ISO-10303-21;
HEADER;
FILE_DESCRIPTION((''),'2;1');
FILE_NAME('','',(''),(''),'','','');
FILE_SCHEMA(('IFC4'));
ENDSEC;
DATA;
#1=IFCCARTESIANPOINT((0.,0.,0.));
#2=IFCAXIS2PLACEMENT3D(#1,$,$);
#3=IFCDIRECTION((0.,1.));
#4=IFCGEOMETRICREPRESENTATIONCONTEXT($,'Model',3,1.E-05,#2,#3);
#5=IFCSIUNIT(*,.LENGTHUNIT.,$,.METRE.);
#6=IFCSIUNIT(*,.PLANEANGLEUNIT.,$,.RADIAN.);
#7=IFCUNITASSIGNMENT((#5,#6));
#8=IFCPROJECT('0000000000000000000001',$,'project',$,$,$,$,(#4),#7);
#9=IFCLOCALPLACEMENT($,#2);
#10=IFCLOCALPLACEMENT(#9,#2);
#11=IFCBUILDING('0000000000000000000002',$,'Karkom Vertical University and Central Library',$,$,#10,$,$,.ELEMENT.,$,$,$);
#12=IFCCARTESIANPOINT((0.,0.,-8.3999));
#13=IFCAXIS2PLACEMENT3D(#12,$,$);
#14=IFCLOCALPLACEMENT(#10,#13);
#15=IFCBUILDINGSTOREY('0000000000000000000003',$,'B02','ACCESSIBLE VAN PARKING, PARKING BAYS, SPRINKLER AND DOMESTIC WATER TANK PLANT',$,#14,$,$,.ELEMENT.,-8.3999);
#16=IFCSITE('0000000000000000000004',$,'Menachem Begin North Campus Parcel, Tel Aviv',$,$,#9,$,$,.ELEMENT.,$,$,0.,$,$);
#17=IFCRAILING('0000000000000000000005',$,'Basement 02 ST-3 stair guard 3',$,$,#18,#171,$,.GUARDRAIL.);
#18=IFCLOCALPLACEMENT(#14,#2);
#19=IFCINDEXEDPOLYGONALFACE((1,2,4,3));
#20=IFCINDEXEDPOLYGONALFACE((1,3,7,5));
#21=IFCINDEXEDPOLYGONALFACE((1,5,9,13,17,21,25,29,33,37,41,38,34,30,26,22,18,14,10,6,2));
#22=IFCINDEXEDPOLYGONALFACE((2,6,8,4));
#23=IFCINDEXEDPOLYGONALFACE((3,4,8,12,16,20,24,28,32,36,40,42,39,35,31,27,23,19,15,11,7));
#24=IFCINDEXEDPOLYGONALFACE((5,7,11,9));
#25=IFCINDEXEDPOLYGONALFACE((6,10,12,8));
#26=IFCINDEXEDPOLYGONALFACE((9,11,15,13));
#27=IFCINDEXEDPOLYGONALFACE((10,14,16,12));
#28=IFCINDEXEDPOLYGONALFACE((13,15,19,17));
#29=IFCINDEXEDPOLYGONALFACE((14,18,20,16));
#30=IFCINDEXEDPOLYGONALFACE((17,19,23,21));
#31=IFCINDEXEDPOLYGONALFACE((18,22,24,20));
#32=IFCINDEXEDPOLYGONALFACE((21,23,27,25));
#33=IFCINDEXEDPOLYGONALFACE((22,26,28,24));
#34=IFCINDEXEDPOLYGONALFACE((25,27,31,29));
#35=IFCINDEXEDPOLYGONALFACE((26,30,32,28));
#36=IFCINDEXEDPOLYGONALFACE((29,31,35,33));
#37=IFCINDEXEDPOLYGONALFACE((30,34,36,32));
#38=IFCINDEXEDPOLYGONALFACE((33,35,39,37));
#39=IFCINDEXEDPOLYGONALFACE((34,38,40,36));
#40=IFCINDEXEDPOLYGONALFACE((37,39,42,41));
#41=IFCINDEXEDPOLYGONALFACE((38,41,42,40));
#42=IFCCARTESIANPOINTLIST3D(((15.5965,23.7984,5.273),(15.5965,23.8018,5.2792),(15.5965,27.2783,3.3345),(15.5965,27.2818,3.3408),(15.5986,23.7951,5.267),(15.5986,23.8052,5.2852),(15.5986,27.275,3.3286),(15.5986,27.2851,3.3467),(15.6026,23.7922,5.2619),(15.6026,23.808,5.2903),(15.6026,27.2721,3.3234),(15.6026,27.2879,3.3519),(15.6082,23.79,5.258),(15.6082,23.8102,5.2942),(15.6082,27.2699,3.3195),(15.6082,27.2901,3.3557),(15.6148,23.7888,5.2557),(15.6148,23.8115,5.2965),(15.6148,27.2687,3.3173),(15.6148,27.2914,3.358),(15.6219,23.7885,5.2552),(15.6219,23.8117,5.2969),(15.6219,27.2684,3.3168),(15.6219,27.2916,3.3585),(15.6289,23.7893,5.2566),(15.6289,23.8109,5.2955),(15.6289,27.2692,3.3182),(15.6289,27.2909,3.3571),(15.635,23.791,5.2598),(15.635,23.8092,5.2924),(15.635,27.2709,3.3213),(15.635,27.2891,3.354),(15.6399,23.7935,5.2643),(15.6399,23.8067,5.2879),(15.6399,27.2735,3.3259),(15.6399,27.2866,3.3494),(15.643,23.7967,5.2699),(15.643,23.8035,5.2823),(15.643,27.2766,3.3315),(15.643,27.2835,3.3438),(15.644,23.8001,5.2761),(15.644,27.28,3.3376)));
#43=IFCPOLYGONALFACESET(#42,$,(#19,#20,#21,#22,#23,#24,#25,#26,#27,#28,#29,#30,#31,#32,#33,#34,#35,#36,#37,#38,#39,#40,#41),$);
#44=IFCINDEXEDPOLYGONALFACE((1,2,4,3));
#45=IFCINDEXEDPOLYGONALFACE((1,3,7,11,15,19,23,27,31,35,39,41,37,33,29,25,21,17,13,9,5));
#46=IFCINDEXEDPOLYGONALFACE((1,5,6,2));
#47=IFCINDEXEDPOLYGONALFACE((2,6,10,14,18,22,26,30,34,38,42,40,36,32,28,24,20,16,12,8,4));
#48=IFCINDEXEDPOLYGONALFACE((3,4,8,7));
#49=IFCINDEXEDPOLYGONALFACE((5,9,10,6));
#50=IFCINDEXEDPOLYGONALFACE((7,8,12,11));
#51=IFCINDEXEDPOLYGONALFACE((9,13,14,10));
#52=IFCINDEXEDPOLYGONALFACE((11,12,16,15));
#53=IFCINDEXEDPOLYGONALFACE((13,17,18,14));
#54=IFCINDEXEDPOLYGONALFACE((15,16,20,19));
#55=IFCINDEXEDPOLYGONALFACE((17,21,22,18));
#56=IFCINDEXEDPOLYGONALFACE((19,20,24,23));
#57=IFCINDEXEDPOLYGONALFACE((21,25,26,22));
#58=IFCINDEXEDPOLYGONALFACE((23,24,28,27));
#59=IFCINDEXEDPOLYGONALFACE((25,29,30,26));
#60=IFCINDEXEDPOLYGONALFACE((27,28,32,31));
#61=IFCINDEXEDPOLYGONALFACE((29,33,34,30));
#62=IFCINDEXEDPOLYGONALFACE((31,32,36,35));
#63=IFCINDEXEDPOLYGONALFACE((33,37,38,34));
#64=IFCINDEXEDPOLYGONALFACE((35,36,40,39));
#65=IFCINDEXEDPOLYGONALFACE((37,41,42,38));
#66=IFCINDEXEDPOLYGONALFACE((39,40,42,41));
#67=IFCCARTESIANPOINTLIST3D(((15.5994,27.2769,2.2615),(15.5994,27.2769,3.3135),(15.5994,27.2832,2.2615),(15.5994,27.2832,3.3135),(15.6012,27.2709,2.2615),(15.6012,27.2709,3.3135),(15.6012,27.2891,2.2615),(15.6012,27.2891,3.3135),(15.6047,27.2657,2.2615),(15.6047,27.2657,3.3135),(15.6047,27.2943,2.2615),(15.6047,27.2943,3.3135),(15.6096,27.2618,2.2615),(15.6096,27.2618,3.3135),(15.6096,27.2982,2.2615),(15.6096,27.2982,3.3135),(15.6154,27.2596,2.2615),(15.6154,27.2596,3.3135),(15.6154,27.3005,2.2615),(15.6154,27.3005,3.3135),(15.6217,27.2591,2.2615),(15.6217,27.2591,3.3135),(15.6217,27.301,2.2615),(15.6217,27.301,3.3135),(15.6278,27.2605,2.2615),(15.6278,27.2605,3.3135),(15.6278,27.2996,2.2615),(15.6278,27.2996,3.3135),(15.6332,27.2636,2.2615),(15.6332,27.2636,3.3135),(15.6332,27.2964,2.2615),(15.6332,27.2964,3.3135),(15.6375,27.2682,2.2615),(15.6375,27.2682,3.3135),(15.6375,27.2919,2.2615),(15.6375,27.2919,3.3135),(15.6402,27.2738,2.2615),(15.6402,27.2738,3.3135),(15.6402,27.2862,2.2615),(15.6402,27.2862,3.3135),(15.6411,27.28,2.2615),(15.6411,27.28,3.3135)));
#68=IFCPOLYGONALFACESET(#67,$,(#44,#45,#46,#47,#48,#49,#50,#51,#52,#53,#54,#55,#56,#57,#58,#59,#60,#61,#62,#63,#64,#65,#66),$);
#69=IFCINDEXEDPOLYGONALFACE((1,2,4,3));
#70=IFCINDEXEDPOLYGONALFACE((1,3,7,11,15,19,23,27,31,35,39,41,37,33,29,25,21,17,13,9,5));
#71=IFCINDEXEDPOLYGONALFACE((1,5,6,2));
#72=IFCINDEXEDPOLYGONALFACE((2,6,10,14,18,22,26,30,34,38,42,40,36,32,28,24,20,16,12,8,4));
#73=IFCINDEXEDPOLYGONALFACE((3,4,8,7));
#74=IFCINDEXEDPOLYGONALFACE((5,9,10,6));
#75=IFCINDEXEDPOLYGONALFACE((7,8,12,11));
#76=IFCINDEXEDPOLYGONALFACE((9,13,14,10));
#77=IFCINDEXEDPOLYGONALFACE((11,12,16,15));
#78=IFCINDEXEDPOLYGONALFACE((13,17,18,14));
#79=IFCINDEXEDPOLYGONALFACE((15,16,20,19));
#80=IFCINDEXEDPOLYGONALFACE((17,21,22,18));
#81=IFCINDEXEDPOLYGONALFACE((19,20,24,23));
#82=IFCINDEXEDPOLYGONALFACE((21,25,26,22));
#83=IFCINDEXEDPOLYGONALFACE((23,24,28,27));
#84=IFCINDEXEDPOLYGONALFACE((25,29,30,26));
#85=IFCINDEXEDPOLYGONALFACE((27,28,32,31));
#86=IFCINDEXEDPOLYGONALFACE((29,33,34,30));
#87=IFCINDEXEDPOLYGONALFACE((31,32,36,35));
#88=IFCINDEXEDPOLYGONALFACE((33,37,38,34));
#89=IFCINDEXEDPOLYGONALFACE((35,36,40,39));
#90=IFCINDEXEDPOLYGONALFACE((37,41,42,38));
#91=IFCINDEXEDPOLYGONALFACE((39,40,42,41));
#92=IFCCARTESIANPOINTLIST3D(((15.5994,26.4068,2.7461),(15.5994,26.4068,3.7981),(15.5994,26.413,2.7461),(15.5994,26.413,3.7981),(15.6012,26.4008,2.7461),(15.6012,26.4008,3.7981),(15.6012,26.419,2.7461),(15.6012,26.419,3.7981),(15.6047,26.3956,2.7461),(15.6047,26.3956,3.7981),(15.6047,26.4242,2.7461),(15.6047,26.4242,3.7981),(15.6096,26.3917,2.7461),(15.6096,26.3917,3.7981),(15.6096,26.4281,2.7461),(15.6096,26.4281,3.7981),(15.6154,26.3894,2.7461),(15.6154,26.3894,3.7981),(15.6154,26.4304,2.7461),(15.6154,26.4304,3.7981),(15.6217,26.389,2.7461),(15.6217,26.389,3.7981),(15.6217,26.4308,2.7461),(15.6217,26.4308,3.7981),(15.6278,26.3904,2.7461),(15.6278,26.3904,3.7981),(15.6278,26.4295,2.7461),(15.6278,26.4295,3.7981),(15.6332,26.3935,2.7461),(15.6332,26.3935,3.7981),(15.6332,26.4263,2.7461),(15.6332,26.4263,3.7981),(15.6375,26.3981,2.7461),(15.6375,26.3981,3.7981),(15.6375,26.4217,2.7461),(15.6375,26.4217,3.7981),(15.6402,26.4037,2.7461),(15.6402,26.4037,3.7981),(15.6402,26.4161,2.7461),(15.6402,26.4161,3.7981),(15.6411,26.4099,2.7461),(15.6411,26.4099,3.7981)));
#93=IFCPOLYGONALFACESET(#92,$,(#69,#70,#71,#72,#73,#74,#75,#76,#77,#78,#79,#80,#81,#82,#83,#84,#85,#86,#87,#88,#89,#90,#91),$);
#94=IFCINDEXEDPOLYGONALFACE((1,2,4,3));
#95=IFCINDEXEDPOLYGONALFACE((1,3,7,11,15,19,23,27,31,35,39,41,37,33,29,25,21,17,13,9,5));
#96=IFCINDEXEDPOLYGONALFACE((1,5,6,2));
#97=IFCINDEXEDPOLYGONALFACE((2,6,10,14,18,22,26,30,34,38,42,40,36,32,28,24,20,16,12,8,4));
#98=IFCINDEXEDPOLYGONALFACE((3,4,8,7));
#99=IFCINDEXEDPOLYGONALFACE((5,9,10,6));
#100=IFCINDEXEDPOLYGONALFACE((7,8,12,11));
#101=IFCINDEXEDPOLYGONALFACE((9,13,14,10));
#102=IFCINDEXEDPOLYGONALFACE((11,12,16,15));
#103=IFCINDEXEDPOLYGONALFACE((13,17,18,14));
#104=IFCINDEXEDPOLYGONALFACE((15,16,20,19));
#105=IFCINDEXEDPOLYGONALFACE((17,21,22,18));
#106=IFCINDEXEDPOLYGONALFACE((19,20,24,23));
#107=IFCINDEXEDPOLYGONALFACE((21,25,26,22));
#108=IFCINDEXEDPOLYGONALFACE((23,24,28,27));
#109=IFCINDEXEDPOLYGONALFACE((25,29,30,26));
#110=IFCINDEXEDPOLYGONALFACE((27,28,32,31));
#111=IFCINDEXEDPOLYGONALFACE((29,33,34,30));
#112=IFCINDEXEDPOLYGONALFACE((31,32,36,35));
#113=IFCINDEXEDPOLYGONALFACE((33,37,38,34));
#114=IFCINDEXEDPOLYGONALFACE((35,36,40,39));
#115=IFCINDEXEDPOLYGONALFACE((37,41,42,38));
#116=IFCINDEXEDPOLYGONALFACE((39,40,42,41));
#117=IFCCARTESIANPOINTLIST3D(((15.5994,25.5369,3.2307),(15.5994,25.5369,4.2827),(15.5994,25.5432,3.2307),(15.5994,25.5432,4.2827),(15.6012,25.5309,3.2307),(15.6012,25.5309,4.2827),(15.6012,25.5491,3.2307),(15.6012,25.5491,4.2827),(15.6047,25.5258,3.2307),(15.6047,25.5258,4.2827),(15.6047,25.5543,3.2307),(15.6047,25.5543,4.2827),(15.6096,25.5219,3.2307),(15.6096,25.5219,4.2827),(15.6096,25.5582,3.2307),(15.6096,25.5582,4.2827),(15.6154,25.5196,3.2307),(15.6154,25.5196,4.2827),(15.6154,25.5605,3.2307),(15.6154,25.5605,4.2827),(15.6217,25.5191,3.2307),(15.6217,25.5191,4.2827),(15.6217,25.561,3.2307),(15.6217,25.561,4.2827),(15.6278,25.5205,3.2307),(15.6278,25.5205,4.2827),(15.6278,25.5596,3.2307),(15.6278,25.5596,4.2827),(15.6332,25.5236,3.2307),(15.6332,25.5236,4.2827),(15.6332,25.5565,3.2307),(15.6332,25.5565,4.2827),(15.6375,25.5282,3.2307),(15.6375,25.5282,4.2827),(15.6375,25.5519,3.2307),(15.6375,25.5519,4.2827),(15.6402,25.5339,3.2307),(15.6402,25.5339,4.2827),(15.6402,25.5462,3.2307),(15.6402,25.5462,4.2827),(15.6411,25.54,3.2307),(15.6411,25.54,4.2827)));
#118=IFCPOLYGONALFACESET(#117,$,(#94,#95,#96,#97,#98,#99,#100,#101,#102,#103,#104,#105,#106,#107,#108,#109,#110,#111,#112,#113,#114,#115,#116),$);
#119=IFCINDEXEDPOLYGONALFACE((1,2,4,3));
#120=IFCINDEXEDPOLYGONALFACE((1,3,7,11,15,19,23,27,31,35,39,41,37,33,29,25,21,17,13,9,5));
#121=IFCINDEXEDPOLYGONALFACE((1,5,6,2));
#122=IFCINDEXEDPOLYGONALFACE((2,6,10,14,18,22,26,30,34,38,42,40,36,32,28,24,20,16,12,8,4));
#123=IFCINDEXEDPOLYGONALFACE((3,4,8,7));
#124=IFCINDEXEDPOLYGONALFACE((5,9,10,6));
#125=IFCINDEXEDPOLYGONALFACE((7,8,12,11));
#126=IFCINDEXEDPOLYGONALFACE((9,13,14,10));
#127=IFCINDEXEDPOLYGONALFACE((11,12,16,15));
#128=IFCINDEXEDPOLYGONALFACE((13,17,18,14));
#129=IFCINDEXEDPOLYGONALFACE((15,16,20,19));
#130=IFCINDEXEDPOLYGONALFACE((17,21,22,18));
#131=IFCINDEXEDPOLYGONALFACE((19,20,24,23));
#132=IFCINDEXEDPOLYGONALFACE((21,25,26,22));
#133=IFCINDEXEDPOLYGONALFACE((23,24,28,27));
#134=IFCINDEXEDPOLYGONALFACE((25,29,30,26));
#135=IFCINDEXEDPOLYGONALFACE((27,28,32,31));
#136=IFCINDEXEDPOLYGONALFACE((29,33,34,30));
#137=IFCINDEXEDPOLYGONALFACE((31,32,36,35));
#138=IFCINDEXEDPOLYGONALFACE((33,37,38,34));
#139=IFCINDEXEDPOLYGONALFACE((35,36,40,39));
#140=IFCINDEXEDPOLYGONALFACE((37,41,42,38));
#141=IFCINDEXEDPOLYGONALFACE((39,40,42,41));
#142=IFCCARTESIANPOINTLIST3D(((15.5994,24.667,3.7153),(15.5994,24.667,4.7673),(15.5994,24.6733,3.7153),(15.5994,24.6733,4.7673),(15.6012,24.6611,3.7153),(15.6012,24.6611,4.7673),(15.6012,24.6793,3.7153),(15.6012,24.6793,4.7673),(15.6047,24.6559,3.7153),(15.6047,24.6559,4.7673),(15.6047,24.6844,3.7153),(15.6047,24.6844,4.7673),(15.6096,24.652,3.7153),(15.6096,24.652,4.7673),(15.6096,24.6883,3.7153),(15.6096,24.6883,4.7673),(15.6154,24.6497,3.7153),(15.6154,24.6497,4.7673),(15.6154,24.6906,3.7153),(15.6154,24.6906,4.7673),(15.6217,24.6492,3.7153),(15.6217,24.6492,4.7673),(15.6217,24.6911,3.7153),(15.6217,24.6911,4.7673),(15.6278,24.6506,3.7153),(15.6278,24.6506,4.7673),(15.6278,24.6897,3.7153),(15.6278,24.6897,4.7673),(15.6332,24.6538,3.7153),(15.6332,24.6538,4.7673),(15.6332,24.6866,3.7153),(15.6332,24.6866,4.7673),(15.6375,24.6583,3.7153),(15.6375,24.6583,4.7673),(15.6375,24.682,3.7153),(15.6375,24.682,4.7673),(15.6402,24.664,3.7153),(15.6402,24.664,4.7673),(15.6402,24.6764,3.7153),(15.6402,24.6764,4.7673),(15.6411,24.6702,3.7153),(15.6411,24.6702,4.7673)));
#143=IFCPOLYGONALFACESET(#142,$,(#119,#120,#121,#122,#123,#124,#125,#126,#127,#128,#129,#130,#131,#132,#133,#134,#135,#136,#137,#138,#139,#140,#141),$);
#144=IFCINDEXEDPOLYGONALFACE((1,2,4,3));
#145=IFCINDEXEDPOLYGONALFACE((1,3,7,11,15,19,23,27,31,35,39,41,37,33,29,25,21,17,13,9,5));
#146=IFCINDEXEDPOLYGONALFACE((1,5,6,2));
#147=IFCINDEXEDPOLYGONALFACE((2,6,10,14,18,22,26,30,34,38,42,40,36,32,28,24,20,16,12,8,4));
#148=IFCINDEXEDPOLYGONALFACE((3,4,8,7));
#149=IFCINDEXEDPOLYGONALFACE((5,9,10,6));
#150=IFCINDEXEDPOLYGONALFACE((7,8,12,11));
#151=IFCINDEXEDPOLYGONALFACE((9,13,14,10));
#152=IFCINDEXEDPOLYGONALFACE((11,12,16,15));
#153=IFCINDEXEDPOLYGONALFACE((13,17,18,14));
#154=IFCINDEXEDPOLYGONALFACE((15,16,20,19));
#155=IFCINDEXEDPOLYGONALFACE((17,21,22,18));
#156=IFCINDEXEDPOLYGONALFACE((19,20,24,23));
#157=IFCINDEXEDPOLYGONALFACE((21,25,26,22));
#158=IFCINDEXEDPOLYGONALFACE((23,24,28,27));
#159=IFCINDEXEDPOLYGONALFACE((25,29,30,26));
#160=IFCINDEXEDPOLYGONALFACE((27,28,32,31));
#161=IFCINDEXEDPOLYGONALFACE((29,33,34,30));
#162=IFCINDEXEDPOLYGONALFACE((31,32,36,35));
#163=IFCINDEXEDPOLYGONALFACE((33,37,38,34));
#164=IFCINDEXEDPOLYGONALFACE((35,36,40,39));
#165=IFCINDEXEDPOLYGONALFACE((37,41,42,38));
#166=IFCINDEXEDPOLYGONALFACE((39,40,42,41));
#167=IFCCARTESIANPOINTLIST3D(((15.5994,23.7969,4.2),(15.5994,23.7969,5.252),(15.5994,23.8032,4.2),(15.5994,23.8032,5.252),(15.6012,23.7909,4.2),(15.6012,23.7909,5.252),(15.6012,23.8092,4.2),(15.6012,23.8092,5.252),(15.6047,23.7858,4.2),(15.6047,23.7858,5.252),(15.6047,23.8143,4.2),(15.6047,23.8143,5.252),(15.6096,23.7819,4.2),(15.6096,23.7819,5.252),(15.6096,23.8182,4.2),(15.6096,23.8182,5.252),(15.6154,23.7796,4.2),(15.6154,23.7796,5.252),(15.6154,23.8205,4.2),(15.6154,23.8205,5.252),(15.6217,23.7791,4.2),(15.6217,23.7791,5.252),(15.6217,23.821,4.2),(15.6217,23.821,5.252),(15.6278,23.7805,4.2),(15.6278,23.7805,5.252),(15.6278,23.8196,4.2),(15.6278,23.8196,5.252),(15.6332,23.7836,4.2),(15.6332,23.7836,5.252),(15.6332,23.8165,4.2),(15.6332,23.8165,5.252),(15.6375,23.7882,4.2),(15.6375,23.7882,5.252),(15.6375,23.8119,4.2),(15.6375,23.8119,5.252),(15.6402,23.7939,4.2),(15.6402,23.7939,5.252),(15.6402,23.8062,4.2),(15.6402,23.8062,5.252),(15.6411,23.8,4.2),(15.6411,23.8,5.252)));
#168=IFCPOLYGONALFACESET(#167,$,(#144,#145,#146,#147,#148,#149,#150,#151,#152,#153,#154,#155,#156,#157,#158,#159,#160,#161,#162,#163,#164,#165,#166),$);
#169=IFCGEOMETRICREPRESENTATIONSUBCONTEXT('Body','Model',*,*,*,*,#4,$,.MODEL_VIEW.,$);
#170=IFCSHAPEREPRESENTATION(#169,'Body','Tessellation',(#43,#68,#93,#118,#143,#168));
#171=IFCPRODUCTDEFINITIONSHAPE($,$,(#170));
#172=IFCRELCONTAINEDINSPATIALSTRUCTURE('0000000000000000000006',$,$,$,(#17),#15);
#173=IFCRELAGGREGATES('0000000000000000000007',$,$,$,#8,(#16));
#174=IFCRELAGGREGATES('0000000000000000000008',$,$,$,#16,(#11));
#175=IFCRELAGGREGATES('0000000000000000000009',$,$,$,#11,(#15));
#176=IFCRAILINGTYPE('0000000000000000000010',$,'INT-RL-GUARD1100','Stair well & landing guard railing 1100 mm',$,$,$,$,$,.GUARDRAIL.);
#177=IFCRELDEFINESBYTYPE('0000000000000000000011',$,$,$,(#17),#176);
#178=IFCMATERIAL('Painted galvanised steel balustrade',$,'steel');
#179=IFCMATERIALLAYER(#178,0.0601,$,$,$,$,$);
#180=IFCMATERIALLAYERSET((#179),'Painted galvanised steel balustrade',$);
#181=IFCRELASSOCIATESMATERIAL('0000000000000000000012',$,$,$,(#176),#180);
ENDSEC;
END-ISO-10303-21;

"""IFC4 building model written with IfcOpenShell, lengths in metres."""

from ifc_helpers import new_model, si_unit, direction, frame, origin, origin_2d, place, context, subcontext, project, spatial, circle, extrude, material, layer, layer_set, type_object, element, save


model = new_model("IFC4")

# Units and contexts
model_context = context("Model", 3, precision=1e-05, world=origin(), true_north=direction((0.0, 1.0)))
body_context = subcontext(model_context, "Body", "Model", "MODEL_VIEW")
ifc_project = project(units=[si_unit("LENGTHUNIT", "METRE"), si_unit("PLANEANGLEUNIT", "RADIAN")], contexts=[model_context])

# Site, building, storey
site_placement = place(None, origin())
site = spatial("IfcSite", under=ifc_project, at=site_placement, Name="Menachem Begin North Campus Parcel, Tel Aviv", CompositionType="ELEMENT", RefElevation=0.0)
building_placement = place(site_placement, origin())
building = spatial("IfcBuilding", under=site, at=building_placement, Name="Karkom Vertical University and Central Library", CompositionType="ELEMENT")
storey_placement = place(building_placement, frame((0.0, 0.0, -8.3999)))
storey = spatial("IfcBuildingStorey", under=building, at=storey_placement, Name="B02", Description="ACCESSIBLE VAN PARKING, PARKING BAYS, SPRINKLER AND DOMESTIC WATER TANK PLANT", CompositionType="ELEMENT", Elevation=-8.3999)

# Railing
ifc_material_1 = material(Name="Painted galvanised steel balustrade", Category="steel")
ifc_layer_1 = layer(ifc_material_1, 0.0601)
ifc_layer_set_1 = layer_set([ifc_layer_1], Name="Painted galvanised steel balustrade")
railing_type_1 = type_object("IfcRailingType", Name="INT-RL-GUARD1100", Description="Stair well & landing guard railing 1100 mm", PredefinedType="GUARDRAIL", material=ifc_layer_set_1)
railing_1_placement = place(storey_placement, frame((15.6201, 27.28, 2.2615)))
element("IfcRailing", 1, at=railing_1_placement, inside=storey, type_object=railing_type_1, Name="Basement 02 ST-3 stair guard 3", PredefinedType="GUARDRAIL", context=body_context, shape_type="SweptSolid", body=[
    extrude(circle(Radius=0.0239, at=origin_2d()), frame((0.0, 0.0, 1.0762), z_axis=(0.0, -0.873607, 0.486631), x_axis=(1.0, 0.0, 0.0)), (0.0, 0.0, 1.0), 3.9834),
    extrude(circle(Radius=0.021, at=origin_2d()), origin(), (0.0, 0.0, 1.0), 1.052),
    extrude(circle(Radius=0.021, at=origin_2d()), frame((0.0, -0.8701, 0.4846)), (0.0, 0.0, 1.0), 1.052),
    extrude(circle(Radius=0.021, at=origin_2d()), frame((0.0, -1.74, 0.9692)), (0.0, 0.0, 1.0), 1.052),
    extrude(circle(Radius=0.021, at=origin_2d()), frame((0.0, -2.6099, 1.4539)), (0.0, 0.0, 1.0), 1.052),
    extrude(circle(Radius=0.021, at=origin_2d()), frame((0.0, -3.48, 1.9385)), (0.0, 0.0, 1.0), 1.052),
])

save(model, "model.ifc")
